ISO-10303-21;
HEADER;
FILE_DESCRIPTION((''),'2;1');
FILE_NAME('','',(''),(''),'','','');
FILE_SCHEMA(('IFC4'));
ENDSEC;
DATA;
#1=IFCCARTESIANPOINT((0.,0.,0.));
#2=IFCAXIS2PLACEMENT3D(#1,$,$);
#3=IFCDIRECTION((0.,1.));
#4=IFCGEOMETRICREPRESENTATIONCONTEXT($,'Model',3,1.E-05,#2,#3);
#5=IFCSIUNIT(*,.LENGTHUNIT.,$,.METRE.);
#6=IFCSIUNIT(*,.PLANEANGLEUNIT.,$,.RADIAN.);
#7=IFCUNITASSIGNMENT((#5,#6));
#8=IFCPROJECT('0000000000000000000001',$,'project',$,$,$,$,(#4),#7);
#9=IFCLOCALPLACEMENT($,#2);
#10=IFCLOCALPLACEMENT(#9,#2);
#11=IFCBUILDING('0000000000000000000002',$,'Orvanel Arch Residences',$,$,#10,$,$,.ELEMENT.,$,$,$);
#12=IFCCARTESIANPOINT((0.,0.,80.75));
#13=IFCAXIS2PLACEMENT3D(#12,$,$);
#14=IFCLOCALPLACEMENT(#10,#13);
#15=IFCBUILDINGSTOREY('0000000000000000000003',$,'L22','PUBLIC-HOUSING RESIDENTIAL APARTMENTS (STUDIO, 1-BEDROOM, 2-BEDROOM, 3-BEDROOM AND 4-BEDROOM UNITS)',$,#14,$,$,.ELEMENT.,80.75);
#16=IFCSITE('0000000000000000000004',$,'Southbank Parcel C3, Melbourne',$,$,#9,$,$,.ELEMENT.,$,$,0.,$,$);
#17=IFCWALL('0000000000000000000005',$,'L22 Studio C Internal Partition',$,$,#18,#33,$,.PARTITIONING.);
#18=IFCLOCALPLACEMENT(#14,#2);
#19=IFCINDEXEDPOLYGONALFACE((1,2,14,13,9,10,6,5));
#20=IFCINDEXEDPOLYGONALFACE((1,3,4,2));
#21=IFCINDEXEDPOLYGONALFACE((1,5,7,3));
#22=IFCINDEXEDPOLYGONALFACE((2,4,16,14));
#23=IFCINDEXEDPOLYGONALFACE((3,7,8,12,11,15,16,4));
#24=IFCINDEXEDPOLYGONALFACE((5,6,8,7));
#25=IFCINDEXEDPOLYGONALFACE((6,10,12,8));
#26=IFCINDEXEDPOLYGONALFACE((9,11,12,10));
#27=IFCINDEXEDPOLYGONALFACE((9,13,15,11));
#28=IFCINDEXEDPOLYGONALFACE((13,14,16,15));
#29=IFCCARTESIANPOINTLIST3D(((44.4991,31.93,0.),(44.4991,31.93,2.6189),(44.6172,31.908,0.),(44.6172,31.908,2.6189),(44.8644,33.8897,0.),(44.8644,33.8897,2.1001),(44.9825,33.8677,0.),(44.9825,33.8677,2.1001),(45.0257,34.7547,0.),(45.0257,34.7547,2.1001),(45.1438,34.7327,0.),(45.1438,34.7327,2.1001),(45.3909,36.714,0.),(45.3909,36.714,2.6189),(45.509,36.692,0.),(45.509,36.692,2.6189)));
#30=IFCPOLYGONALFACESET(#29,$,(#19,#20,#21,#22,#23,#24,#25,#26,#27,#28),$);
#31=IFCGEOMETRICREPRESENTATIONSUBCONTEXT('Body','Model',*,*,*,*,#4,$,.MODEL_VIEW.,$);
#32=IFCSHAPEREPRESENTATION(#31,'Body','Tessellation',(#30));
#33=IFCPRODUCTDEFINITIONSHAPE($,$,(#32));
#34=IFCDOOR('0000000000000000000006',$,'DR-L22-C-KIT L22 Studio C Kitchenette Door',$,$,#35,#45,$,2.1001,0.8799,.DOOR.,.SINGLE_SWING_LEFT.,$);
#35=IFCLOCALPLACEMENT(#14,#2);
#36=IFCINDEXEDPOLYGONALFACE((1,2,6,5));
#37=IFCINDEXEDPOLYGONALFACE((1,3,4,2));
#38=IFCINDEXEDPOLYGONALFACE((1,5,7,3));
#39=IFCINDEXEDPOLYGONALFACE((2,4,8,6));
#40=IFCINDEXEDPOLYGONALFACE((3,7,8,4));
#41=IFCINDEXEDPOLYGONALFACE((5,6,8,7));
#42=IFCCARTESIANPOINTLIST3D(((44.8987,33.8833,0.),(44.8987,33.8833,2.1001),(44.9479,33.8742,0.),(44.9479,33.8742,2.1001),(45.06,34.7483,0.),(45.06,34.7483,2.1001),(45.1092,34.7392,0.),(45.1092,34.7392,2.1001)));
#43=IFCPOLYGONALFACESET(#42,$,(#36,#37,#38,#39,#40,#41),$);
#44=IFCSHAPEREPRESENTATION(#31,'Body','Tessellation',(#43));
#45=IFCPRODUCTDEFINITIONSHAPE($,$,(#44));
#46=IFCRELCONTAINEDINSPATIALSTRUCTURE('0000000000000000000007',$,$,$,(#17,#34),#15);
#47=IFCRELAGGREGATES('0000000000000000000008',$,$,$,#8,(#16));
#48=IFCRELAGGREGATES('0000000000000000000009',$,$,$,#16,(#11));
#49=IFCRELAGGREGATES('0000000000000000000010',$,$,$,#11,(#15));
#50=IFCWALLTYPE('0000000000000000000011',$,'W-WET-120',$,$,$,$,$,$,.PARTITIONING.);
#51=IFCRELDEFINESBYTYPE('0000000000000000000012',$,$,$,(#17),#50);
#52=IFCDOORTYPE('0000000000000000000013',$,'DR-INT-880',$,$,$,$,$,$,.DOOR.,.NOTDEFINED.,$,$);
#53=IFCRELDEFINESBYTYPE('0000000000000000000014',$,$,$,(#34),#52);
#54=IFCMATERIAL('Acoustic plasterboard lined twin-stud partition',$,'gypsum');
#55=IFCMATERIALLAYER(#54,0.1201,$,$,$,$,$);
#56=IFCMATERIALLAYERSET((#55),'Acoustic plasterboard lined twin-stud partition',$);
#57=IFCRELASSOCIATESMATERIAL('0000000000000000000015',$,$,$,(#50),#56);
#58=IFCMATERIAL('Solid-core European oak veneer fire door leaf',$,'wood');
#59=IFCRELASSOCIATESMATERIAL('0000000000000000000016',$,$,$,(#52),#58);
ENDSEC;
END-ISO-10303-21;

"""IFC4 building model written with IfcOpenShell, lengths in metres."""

from ifc_helpers import new_model, si_unit, direction, frame, frame_2d, origin, place, context, subcontext, project, spatial, rectangle, extrude, material, layer, layer_set, type_object, element, fill, save


model = new_model("IFC4")

# Units and contexts
model_context = context("Model", 3, precision=1e-05, world=origin(), true_north=direction((0.0, 1.0)))
body_context = subcontext(model_context, "Body", "Model", "MODEL_VIEW")
ifc_project = project(units=[si_unit("LENGTHUNIT", "METRE"), si_unit("PLANEANGLEUNIT", "RADIAN")], contexts=[model_context])

# Site, building, storey
site_placement = place(None, origin())
site = spatial("IfcSite", under=ifc_project, at=site_placement, Name="Southbank Parcel C3, Melbourne", CompositionType="ELEMENT", RefElevation=0.0)
building_placement = place(site_placement, origin())
building = spatial("IfcBuilding", under=site, at=building_placement, Name="Orvanel Arch Residences", CompositionType="ELEMENT")
storey_placement = place(building_placement, frame((0.0, 0.0, 80.75)))
storey = spatial("IfcBuildingStorey", under=building, at=storey_placement, Name="L22", Description="PUBLIC-HOUSING RESIDENTIAL APARTMENTS (STUDIO, 1-BEDROOM, 2-BEDROOM, 3-BEDROOM AND 4-BEDROOM UNITS)", CompositionType="ELEMENT", Elevation=80.75)

# Shared definitions
ifc_material_1 = material(Name="Solid-core European oak veneer fire door leaf", Category="wood")

# Wall, opening, door
ifc_material_2 = material(Name="Acoustic plasterboard lined twin-stud partition", Category="gypsum")
ifc_layer_1 = layer(ifc_material_2, 0.1201)
ifc_layer_set_1 = layer_set([ifc_layer_1], Name="Acoustic plasterboard lined twin-stud partition")
wall_type_1 = type_object("IfcWallType", Name="W-WET-120", PredefinedType="PARTITIONING", material=ifc_layer_set_1)
wall_1_placement = place(storey_placement, frame((45.45, 36.7029, 0.0), z_axis=(0.0, 0.0, 1.0), x_axis=(-0.183268, -0.983063, 0.0)))
wall_1 = element("IfcWall", 1, at=wall_1_placement, inside=storey, type_object=wall_type_1, Name="L22 Studio C Internal Partition", PredefinedType="PARTITIONING", context=body_context, shape_type="SweptSolid", body=[
    extrude(rectangle(XDim=4.8665, YDim=0.1201, at=frame_2d((2.4331, 0.0))), origin(), (0.0, 0.0, 1.0), 2.6189),
])
opening_1_placement = place(wall_1_placement, frame((1.9929, 0.0, 0.0)))
opening_1 = element("IfcOpeningElement", 2, at=opening_1_placement, cuts=wall_1, PredefinedType="OPENING", context=body_context, shape_type="SweptSolid", body=[
    extrude(rectangle(XDim=0.8799, YDim=2.1001, at=frame_2d((0.4399, 1.05))), frame((0.0, 0.0701, 0.0), z_axis=(0.0, -1.0, 0.0), x_axis=(1.0, 0.0, 0.0)), (0.0, 0.0, 1.0), 0.1401),
])
door_type_1 = type_object("IfcDoorType", Name="DR-INT-880", OperationType="NOTDEFINED", PredefinedType="DOOR", material=ifc_material_1)
door_1_placement = place(opening_1_placement, origin())
door_1 = element("IfcDoor", 3, at=door_1_placement, inside=storey, type_object=door_type_1, Name="DR-L22-C-KIT L22 Studio C Kitchenette Door", OperationType="SINGLE_SWING_LEFT", OverallHeight=2.1001, OverallWidth=0.8799, PredefinedType="DOOR", context=body_context, shape_type="SweptSolid", body=[
    extrude(rectangle(XDim=0.8799, YDim=2.1001, at=frame_2d((0.4399, 1.05))), frame((0.0, 0.0249, 0.0), z_axis=(0.0, -1.0, 0.0), x_axis=(1.0, 0.0, 0.0)), (0.0, 0.0, 1.0), 0.05),
])
fill(opening_1, door_1)

save(model, "model.ifc")
